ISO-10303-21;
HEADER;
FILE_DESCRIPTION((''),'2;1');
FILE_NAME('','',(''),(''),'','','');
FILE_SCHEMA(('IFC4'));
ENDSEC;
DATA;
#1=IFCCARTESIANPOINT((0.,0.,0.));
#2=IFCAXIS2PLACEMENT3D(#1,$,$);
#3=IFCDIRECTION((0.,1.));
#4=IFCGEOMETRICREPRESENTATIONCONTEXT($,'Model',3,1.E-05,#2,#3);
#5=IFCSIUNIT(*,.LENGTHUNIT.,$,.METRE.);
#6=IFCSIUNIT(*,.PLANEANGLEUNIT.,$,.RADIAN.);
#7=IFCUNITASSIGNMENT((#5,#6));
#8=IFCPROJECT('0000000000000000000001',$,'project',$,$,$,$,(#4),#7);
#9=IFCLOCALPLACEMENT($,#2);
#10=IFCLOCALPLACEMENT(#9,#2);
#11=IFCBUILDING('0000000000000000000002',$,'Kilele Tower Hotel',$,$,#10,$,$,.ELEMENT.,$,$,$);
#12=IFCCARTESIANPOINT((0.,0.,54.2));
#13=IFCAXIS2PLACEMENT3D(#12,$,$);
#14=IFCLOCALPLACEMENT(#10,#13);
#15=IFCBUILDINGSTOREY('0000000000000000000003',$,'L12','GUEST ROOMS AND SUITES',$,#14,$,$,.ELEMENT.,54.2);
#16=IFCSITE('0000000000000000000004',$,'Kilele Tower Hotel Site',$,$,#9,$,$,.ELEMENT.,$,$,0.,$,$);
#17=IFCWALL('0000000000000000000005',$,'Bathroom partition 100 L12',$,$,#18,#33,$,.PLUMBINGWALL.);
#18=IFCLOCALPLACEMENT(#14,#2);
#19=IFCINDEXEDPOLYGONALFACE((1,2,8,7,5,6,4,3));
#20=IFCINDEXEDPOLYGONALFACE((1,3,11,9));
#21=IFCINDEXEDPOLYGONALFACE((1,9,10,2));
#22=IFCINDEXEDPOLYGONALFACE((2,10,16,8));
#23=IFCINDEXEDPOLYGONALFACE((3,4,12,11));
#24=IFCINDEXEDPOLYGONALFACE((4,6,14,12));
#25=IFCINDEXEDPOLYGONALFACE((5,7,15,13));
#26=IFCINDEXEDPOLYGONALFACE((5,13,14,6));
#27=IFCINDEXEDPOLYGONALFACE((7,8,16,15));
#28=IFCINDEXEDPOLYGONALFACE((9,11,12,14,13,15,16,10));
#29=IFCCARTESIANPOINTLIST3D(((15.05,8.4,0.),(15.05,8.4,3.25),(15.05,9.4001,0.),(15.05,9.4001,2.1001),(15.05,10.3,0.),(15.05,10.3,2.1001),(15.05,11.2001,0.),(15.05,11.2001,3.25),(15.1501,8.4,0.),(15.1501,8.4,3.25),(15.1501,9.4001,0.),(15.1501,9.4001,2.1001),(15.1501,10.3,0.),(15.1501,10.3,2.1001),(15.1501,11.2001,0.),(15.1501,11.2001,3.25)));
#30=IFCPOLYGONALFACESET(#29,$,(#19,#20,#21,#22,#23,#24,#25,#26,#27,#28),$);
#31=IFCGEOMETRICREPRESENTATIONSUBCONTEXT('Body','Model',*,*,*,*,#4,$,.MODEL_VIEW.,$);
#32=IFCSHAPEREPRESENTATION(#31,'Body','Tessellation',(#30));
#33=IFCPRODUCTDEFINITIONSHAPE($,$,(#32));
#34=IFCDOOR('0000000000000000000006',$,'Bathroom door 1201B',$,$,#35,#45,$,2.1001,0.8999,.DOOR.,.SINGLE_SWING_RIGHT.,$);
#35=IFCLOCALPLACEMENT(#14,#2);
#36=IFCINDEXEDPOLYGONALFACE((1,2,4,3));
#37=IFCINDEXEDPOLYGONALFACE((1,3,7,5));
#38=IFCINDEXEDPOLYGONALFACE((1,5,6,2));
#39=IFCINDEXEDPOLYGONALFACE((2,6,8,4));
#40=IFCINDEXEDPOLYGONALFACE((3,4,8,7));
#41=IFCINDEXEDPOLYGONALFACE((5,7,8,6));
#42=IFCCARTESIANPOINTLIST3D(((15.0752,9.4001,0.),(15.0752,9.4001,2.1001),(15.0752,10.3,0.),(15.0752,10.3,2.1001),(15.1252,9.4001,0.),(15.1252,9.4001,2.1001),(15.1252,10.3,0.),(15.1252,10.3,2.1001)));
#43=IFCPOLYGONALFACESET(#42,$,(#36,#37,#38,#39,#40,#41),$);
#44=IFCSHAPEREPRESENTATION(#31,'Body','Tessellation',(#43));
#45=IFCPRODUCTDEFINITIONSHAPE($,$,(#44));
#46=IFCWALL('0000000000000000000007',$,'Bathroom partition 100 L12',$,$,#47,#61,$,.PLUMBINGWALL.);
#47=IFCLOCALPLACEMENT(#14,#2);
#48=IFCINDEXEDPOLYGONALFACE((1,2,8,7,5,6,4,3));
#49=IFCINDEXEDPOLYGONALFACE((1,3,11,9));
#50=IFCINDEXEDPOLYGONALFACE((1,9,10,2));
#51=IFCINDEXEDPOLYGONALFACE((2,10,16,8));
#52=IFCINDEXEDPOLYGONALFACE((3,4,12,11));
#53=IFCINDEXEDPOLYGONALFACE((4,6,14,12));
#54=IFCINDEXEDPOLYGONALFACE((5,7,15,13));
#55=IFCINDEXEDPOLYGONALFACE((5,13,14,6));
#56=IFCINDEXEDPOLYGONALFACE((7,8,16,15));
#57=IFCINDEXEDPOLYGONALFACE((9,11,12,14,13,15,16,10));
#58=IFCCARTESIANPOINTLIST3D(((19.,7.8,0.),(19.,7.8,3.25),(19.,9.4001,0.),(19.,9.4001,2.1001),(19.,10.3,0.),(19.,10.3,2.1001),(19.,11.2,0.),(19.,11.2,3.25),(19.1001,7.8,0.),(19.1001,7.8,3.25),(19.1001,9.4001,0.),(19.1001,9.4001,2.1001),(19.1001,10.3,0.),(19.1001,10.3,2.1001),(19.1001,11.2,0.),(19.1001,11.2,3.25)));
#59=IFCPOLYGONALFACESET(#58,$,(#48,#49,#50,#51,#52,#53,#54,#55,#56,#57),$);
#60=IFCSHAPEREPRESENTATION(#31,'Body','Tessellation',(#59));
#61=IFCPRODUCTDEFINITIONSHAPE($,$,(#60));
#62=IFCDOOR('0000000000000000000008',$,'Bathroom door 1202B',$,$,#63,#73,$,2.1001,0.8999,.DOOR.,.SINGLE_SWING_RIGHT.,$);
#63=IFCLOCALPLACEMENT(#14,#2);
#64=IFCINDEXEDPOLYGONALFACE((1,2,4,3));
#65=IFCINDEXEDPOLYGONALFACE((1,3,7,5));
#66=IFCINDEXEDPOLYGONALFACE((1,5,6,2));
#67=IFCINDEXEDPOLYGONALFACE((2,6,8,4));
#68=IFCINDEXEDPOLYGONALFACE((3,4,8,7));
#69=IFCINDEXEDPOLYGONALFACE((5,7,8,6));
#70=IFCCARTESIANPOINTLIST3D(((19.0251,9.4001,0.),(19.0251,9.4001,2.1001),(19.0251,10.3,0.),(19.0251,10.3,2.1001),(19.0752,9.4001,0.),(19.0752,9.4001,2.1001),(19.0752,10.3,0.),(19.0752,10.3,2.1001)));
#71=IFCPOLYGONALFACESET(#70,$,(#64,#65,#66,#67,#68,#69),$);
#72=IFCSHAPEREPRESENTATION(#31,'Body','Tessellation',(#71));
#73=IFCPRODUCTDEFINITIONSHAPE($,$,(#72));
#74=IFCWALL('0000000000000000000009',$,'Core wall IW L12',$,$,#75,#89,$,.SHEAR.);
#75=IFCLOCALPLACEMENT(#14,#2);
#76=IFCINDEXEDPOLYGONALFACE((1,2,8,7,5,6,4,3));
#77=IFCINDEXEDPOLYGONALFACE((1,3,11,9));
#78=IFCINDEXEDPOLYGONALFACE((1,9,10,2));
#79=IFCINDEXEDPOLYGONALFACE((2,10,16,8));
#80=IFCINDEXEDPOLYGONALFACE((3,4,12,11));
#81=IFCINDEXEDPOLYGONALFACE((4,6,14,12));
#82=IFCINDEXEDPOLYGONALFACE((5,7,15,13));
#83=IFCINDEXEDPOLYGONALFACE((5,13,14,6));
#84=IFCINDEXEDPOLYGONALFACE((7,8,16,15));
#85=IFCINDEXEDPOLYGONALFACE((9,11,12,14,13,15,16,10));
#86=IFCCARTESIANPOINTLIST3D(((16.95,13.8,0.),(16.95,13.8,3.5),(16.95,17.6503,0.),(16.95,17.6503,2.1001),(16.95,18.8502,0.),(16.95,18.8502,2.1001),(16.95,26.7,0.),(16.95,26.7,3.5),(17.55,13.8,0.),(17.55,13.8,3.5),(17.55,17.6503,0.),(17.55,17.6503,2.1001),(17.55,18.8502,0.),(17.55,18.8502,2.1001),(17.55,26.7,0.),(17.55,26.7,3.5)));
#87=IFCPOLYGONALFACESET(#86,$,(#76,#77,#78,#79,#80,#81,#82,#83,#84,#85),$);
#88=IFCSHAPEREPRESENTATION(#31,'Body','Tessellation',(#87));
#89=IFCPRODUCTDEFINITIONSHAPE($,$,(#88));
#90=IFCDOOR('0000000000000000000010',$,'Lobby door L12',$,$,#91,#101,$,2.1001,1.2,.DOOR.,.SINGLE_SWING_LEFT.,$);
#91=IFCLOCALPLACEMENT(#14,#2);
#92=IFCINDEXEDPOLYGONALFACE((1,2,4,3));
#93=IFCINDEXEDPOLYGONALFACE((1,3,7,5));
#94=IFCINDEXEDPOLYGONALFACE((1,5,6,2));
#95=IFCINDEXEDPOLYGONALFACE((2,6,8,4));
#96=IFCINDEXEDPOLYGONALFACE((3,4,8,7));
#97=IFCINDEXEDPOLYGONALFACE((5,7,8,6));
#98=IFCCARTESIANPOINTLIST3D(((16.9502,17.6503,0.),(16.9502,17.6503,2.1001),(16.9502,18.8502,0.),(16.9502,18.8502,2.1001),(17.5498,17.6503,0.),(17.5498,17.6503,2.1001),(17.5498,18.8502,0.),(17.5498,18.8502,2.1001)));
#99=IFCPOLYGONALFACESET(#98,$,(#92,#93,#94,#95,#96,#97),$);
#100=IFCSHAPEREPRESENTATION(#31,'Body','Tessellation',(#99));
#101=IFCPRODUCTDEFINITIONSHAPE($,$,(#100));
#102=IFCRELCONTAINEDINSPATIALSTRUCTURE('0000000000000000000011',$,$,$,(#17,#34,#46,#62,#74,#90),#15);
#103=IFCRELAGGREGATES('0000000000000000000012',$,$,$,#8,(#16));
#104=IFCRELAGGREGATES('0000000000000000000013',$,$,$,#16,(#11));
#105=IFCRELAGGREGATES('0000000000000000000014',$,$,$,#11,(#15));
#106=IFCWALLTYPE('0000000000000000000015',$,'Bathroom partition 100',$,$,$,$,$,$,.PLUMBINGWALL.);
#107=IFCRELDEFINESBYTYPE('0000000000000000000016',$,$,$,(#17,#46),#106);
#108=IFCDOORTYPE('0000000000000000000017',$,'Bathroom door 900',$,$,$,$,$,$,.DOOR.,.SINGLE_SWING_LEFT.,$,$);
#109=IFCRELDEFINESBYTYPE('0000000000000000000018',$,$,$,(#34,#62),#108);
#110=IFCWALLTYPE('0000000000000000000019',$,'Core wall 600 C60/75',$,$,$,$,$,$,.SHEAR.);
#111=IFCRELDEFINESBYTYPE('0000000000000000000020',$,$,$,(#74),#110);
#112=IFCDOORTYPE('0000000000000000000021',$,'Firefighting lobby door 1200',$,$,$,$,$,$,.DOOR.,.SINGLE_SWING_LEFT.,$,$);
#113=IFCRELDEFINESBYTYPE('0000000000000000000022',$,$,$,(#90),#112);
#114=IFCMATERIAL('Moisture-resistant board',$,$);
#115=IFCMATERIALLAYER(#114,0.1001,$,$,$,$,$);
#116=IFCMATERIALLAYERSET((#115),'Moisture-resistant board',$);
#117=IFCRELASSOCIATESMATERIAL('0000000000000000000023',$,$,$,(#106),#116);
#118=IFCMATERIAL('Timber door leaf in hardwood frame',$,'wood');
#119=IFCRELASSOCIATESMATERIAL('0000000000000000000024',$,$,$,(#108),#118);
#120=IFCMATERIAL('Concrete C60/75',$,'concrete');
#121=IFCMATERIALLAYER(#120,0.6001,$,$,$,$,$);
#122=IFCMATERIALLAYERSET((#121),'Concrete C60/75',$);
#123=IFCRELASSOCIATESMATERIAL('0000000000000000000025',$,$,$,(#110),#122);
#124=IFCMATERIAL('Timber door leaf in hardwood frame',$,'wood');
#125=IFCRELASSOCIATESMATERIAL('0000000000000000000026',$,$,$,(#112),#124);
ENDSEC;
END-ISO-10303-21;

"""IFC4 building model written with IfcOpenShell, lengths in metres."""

from ifc_helpers import new_model, si_unit, direction, frame, frame_2d, origin, place, context, subcontext, project, spatial, rectangle, extrude, material, layer, layer_set, type_object, element, fill, save


model = new_model("IFC4")

# Units and contexts
model_context = context("Model", 3, precision=1e-05, world=origin(), true_north=direction((0.0, 1.0)))
body_context = subcontext(model_context, "Body", "Model", "MODEL_VIEW")
ifc_project = project(units=[si_unit("LENGTHUNIT", "METRE"), si_unit("PLANEANGLEUNIT", "RADIAN")], contexts=[model_context])

# Site, building, storey
site_placement = place(None, origin())
site = spatial("IfcSite", under=ifc_project, at=site_placement, Name="Kilele Tower Hotel Site", CompositionType="ELEMENT", RefElevation=0.0)
building_placement = place(site_placement, origin())
building = spatial("IfcBuilding", under=site, at=building_placement, Name="Kilele Tower Hotel", CompositionType="ELEMENT")
storey_placement = place(building_placement, frame((0.0, 0.0, 54.2)))
storey = spatial("IfcBuildingStorey", under=building, at=storey_placement, Name="L12", Description="GUEST ROOMS AND SUITES", CompositionType="ELEMENT", Elevation=54.2)

# Walls, openings, doors
ifc_material_1 = material(Name="Moisture-resistant board")
ifc_layer_1 = layer(ifc_material_1, 0.1001)
ifc_layer_set_1 = layer_set([ifc_layer_1], Name="Moisture-resistant board")
wall_type_1 = type_object("IfcWallType", Name="Bathroom partition 100", PredefinedType="PLUMBINGWALL", material=ifc_layer_set_1)
wall_1_placement = place(storey_placement, frame((15.1001, 11.2, 0.0), z_axis=(0.0, 0.0, 1.0), x_axis=(0.0, -1.0, 0.0)))
wall_1 = element("IfcWall", 1, at=wall_1_placement, inside=storey, type_object=wall_type_1, Name="Bathroom partition 100 L12", PredefinedType="PLUMBINGWALL", context=body_context, shape_type="SweptSolid", body=[
    extrude(rectangle(XDim=2.8, YDim=0.1001, at=frame_2d((1.3999, 0.0))), origin(), (0.0, 0.0, 1.0), 3.25),
])
opening_1_placement = place(wall_1_placement, frame((1.7998, 0.0, 0.0), z_axis=(0.0, 0.0, 1.0), x_axis=(-1.0, 0.0, 0.0)))
opening_1 = element("IfcOpeningElement", 2, at=opening_1_placement, cuts=wall_1, PredefinedType="OPENING", context=body_context, shape_type="SweptSolid", body=[
    extrude(rectangle(XDim=0.8999, YDim=2.1001, at=frame_2d((0.45, 1.05))), frame((0.0, 0.0601, 0.0), z_axis=(0.0, -1.0, 0.0), x_axis=(1.0, 0.0, 0.0)), (0.0, 0.0, 1.0), 0.1201),
])
ifc_material_2 = material(Name="Timber door leaf in hardwood frame", Category="wood")
door_type_1 = type_object("IfcDoorType", Name="Bathroom door 900", OperationType="SINGLE_SWING_LEFT", PredefinedType="DOOR", material=ifc_material_2)
door_1_placement = place(opening_1_placement, origin())
door_1 = element("IfcDoor", 3, at=door_1_placement, inside=storey, type_object=door_type_1, Name="Bathroom door 1201B", OperationType="SINGLE_SWING_RIGHT", OverallHeight=2.1001, OverallWidth=0.8999, PredefinedType="DOOR", context=body_context, shape_type="SweptSolid", body=[
    extrude(rectangle(XDim=0.8999, YDim=2.1001, at=frame_2d((0.45, 1.05))), frame((0.0, 0.0249, 0.0), z_axis=(0.0, -1.0, 0.0), x_axis=(1.0, 0.0, 0.0)), (0.0, 0.0, 1.0), 0.05),
])
fill(opening_1, door_1)
wall_2_placement = place(storey_placement, frame((19.05, 11.2, 0.0), z_axis=(0.0, 0.0, 1.0), x_axis=(0.0, -1.0, 0.0)))
wall_2 = element("IfcWall", 4, at=wall_2_placement, inside=storey, type_object=wall_type_1, Name="Bathroom partition 100 L12", PredefinedType="PLUMBINGWALL", context=body_context, shape_type="SweptSolid", body=[
    extrude(rectangle(XDim=3.3999, YDim=0.1001, at=frame_2d((1.7, 0.0))), origin(), (0.0, 0.0, 1.0), 3.25),
])
opening_2_placement = place(wall_2_placement, frame((1.7998, 0.0, 0.0), z_axis=(0.0, 0.0, 1.0), x_axis=(-1.0, 0.0, 0.0)))
opening_2 = element("IfcOpeningElement", 5, at=opening_2_placement, cuts=wall_2, PredefinedType="OPENING", context=body_context, shape_type="SweptSolid", body=[
    extrude(rectangle(XDim=0.8999, YDim=2.1001, at=frame_2d((0.45, 1.05))), frame((0.0, 0.0601, 0.0), z_axis=(0.0, -1.0, 0.0), x_axis=(1.0, 0.0, 0.0)), (0.0, 0.0, 1.0), 0.1201),
])
door_2_placement = place(opening_2_placement, origin())
door_2 = element("IfcDoor", 6, at=door_2_placement, inside=storey, type_object=door_type_1, Name="Bathroom door 1202B", OperationType="SINGLE_SWING_RIGHT", OverallHeight=2.1001, OverallWidth=0.8999, PredefinedType="DOOR", context=body_context, shape_type="SweptSolid", body=[
    extrude(rectangle(XDim=0.8999, YDim=2.1001, at=frame_2d((0.45, 1.05))), frame((0.0, 0.0249, 0.0), z_axis=(0.0, -1.0, 0.0), x_axis=(1.0, 0.0, 0.0)), (0.0, 0.0, 1.0), 0.05),
])
fill(opening_2, door_2)
ifc_material_3 = material(Name="Concrete C60/75", Category="concrete")
ifc_layer_2 = layer(ifc_material_3, 0.6001)
ifc_layer_set_2 = layer_set([ifc_layer_2], Name="Concrete C60/75")
wall_type_2 = type_object("IfcWallType", Name="Core wall 600 C60/75", PredefinedType="SHEAR", material=ifc_layer_set_2)
wall_3_placement = place(storey_placement, frame((17.25, 13.8, 0.0), z_axis=(0.0, 0.0, 1.0), x_axis=(0.0, 1.0, 0.0)))
wall_3 = element("IfcWall", 7, at=wall_3_placement, inside=storey, type_object=wall_type_2, Name="Core wall IW L12", PredefinedType="SHEAR", context=body_context, shape_type="SweptSolid", body=[
    extrude(rectangle(XDim=12.8999, YDim=0.6001, at=frame_2d((6.45, 0.0))), origin(), (0.0, 0.0, 1.0), 3.5),
])
opening_3_placement = place(wall_3_placement, frame((3.8501, 0.0, 0.0)))
opening_3 = element("IfcOpeningElement", 8, at=opening_3_placement, cuts=wall_3, PredefinedType="OPENING", context=body_context, shape_type="SweptSolid", body=[
    extrude(rectangle(XDim=1.2, YDim=2.1001, at=frame_2d((0.6001, 1.05))), frame((0.0, 0.3101, 0.0), z_axis=(0.0, -1.0, 0.0), x_axis=(1.0, 0.0, 0.0)), (0.0, 0.0, 1.0), 0.6201),
])
ifc_material_4 = material(Name="Timber door leaf in hardwood frame", Category="wood")
door_type_2 = type_object("IfcDoorType", Name="Firefighting lobby door 1200", OperationType="SINGLE_SWING_LEFT", PredefinedType="DOOR", material=ifc_material_4)
door_3_placement = place(opening_3_placement, origin())
door_3 = element("IfcDoor", 9, at=door_3_placement, inside=storey, type_object=door_type_2, Name="Lobby door L12", OperationType="SINGLE_SWING_LEFT", OverallHeight=2.1001, OverallWidth=1.2, PredefinedType="DOOR", context=body_context, shape_type="SweptSolid", body=[
    extrude(rectangle(XDim=1.2, YDim=2.1001, at=frame_2d((0.6001, 1.05))), frame((0.0, 0.2998, 0.0), z_axis=(0.0, -1.0, 0.0), x_axis=(1.0, 0.0, 0.0)), (0.0, 0.0, 1.0), 0.5996),
])
fill(opening_3, door_3)

save(model, "model.ifc")
